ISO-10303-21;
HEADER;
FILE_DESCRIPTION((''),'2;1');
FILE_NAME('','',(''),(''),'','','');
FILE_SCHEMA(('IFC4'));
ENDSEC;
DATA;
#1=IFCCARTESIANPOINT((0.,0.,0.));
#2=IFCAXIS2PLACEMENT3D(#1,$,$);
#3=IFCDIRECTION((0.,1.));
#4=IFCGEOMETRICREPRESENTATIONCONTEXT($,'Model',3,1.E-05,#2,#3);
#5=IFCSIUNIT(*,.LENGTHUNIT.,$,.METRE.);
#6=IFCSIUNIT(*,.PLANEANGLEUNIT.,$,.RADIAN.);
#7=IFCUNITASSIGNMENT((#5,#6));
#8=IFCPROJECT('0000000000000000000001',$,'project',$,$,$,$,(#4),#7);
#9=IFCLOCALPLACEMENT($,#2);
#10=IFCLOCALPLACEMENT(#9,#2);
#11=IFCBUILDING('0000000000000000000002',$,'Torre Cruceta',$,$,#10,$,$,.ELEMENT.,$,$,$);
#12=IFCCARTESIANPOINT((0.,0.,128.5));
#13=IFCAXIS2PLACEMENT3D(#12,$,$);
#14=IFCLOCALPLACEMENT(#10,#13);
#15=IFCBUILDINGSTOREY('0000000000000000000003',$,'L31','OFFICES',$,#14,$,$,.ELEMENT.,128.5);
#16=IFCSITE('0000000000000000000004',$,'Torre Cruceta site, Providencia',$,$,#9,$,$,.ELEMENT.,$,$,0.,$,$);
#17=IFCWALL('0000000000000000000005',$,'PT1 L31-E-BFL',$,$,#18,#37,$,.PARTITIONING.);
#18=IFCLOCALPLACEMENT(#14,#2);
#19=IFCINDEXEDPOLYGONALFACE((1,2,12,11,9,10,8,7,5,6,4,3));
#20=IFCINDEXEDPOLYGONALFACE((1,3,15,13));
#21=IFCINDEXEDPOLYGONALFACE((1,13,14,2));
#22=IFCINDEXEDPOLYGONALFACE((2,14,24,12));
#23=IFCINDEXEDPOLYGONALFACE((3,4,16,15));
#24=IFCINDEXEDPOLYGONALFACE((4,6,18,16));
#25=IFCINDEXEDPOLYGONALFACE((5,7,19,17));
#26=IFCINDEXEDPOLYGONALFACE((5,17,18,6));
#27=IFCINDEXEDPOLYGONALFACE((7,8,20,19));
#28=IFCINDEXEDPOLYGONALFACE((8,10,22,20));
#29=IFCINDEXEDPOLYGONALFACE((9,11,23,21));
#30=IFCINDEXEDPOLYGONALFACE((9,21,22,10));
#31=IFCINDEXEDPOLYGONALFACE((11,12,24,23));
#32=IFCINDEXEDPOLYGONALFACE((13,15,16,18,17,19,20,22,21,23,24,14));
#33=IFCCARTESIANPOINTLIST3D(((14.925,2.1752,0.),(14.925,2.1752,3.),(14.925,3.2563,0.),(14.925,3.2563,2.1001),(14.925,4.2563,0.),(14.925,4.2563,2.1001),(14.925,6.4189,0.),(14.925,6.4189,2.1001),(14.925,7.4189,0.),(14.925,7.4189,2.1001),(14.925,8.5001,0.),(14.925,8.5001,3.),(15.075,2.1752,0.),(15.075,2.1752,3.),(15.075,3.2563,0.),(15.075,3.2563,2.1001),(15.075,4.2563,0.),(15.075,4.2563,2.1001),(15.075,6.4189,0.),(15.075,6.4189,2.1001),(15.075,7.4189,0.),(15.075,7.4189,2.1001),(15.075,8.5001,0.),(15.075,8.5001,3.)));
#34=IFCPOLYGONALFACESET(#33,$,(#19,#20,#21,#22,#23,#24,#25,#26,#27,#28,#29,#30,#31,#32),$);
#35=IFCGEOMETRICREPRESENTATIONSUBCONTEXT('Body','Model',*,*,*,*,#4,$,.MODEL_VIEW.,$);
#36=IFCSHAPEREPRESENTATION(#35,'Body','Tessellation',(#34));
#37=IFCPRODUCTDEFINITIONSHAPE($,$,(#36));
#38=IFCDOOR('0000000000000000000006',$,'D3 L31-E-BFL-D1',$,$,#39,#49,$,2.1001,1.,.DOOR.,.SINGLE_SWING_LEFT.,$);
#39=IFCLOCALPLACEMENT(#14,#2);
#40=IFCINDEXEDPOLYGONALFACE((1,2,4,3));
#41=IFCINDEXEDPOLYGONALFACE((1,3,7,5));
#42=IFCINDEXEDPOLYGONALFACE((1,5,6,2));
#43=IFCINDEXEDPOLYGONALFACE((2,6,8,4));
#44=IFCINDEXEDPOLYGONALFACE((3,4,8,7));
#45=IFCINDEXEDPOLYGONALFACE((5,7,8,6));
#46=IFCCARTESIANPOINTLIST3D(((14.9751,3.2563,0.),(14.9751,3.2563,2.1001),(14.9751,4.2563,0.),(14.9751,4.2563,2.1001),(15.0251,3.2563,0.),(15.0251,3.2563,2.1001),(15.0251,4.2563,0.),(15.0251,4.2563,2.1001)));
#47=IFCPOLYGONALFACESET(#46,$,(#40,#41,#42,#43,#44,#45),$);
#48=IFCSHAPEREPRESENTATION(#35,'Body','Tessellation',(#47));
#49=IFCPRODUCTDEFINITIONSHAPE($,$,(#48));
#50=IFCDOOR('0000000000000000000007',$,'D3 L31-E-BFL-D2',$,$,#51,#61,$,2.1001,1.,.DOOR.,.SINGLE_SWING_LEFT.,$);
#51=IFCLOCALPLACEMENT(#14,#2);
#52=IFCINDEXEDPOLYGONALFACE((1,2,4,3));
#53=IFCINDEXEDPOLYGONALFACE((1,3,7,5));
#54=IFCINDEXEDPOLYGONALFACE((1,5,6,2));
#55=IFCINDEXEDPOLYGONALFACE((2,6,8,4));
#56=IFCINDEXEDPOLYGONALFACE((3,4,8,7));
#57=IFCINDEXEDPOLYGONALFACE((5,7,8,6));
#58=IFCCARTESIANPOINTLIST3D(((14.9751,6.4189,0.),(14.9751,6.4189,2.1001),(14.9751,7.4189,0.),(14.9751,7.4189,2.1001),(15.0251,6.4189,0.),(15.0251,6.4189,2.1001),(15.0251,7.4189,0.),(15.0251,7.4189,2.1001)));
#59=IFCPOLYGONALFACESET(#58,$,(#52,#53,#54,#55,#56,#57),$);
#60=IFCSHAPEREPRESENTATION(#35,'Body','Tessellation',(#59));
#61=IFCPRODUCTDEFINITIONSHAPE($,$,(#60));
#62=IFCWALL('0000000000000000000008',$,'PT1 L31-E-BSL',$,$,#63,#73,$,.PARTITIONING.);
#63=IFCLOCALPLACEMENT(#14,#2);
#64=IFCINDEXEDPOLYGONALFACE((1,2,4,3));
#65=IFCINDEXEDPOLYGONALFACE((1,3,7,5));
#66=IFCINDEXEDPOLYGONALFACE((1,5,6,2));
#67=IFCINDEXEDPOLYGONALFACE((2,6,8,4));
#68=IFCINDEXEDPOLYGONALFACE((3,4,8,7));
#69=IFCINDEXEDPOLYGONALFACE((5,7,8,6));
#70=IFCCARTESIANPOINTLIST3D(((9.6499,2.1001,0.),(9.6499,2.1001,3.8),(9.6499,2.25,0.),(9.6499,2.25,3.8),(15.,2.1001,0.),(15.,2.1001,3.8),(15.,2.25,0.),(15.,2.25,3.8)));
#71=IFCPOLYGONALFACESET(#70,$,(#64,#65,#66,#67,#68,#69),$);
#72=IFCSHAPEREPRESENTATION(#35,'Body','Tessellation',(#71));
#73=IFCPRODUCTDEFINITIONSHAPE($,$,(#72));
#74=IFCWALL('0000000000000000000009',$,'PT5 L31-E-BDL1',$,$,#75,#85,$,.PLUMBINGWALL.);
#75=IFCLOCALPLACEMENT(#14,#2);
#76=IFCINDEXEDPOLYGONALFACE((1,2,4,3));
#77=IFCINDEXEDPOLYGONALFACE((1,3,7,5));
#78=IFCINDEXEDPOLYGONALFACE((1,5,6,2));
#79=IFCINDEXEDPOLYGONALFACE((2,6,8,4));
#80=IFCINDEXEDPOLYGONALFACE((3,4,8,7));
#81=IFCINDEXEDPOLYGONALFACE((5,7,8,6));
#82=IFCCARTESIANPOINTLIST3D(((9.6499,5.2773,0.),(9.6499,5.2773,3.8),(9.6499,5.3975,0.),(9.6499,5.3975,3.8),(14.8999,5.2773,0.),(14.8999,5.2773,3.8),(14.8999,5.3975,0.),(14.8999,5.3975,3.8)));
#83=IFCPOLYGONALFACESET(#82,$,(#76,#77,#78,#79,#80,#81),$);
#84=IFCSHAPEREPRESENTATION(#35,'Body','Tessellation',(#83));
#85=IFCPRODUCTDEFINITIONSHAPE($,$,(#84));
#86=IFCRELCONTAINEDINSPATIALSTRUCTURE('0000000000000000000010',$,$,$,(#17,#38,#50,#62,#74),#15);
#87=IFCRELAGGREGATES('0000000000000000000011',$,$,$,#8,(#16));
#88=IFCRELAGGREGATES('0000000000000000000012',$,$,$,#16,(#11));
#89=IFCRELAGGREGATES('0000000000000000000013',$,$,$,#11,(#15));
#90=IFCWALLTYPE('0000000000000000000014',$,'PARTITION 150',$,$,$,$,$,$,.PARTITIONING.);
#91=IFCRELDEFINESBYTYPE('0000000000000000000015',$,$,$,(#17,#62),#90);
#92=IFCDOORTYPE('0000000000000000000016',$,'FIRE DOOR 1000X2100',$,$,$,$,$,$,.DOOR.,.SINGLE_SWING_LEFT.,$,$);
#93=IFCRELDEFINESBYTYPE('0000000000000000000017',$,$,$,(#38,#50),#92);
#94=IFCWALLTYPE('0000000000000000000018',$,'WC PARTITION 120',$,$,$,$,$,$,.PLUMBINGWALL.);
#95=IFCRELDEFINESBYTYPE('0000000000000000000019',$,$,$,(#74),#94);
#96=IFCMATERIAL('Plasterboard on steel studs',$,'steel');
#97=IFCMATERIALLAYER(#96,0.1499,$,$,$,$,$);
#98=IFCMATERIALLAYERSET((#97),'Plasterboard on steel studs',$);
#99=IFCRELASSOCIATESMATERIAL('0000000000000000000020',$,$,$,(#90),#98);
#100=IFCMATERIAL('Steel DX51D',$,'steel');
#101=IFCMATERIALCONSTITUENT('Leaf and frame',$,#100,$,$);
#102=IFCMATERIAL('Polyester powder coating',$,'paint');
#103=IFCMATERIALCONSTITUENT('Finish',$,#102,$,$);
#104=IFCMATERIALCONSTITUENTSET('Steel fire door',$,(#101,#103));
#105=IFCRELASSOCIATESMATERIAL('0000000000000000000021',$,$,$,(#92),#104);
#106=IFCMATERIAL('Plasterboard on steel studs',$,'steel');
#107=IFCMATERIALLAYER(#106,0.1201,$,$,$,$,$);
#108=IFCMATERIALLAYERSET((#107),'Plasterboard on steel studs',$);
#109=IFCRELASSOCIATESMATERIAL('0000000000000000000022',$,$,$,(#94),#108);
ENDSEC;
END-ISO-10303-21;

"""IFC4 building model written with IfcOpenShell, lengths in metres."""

from ifc_helpers import new_model, si_unit, direction, frame, frame_2d, origin, place, context, subcontext, project, spatial, rectangle, extrude, material, layer, layer_set, constituent, constituent_set, type_object, element, fill, save


model = new_model("IFC4")

# Units and contexts
model_context = context("Model", 3, precision=1e-05, world=origin(), true_north=direction((0.0, 1.0)))
body_context = subcontext(model_context, "Body", "Model", "MODEL_VIEW")
ifc_project = project(units=[si_unit("LENGTHUNIT", "METRE"), si_unit("PLANEANGLEUNIT", "RADIAN")], contexts=[model_context])

# Site, building, storey
site_placement = place(None, origin())
site = spatial("IfcSite", under=ifc_project, at=site_placement, Name="Torre Cruceta site, Providencia", CompositionType="ELEMENT", RefElevation=0.0)
building_placement = place(site_placement, origin())
building = spatial("IfcBuilding", under=site, at=building_placement, Name="Torre Cruceta", CompositionType="ELEMENT")
storey_placement = place(building_placement, frame((0.0, 0.0, 128.5)))
storey = spatial("IfcBuildingStorey", under=building, at=storey_placement, Name="L31", Description="OFFICES", CompositionType="ELEMENT", Elevation=128.5)

# Wall, openings, doors
ifc_material_1 = material(Name="Plasterboard on steel studs", Category="steel")
ifc_layer_1 = layer(ifc_material_1, 0.1499)
ifc_layer_set_1 = layer_set([ifc_layer_1], Name="Plasterboard on steel studs")
wall_type_1 = type_object("IfcWallType", Name="PARTITION 150", PredefinedType="PARTITIONING", material=ifc_layer_set_1)
wall_1_placement = place(storey_placement, frame((15.0, 2.175, 0.0), z_axis=(0.0, 0.0, 1.0), x_axis=(0.0, 1.0, 0.0)))
wall_1 = element("IfcWall", 1, at=wall_1_placement, inside=storey, type_object=wall_type_1, Name="PT1 L31-E-BFL", PredefinedType="PARTITIONING", context=body_context, shape_type="SweptSolid", body=[
    extrude(rectangle(XDim=6.325, YDim=0.1499, at=frame_2d((3.1626, 0.0))), origin(), (0.0, 0.0, 1.0), 3.0),
])
opening_1_placement = place(wall_1_placement, frame((1.0813, 0.0, 0.0)))
opening_1 = element("IfcOpeningElement", 2, at=opening_1_placement, cuts=wall_1, PredefinedType="OPENING", context=body_context, shape_type="SweptSolid", body=[
    extrude(rectangle(XDim=1.0, YDim=2.1001, at=frame_2d((0.5, 1.05))), frame((0.0, 0.085, 0.0), z_axis=(0.0, -1.0, 0.0), x_axis=(1.0, 0.0, 0.0)), (0.0, 0.0, 1.0), 0.1699),
])
opening_2_placement = place(wall_1_placement, frame((4.2439, 0.0, 0.0)))
opening_2 = element("IfcOpeningElement", 3, at=opening_2_placement, cuts=wall_1, PredefinedType="OPENING", context=body_context, shape_type="SweptSolid", body=[
    extrude(rectangle(XDim=1.0, YDim=2.1001, at=frame_2d((0.5, 1.05))), frame((0.0, 0.085, 0.0), z_axis=(0.0, -1.0, 0.0), x_axis=(1.0, 0.0, 0.0)), (0.0, 0.0, 1.0), 0.1699),
])
ifc_material_2 = material(Name="Steel DX51D", Category="steel")
ifc_constituent_1 = constituent(ifc_material_2, Name="Leaf and frame")
ifc_material_3 = material(Name="Polyester powder coating", Category="paint")
ifc_constituent_2 = constituent(ifc_material_3, Name="Finish")
ifc_constituent_set_1 = constituent_set(constituents=[ifc_constituent_1, ifc_constituent_2], Name="Steel fire door")
door_type = type_object("IfcDoorType", Name="FIRE DOOR 1000X2100", OperationType="SINGLE_SWING_LEFT", PredefinedType="DOOR", material=ifc_constituent_set_1)
door_1_placement = place(opening_1_placement, origin())
door_1 = element("IfcDoor", 4, at=door_1_placement, inside=storey, type_object=door_type, Name="D3 L31-E-BFL-D1", OperationType="SINGLE_SWING_LEFT", OverallHeight=2.1001, OverallWidth=1.0, PredefinedType="DOOR", context=body_context, shape_type="SweptSolid", body=[
    extrude(rectangle(XDim=1.0, YDim=2.1001, at=frame_2d((0.5, 1.05))), frame((0.0, 0.0249, 0.0), z_axis=(0.0, -1.0, 0.0), x_axis=(1.0, 0.0, 0.0)), (0.0, 0.0, 1.0), 0.05),
])
fill(opening_1, door_1)
door_2_placement = place(opening_2_placement, origin())
door_2 = element("IfcDoor", 5, at=door_2_placement, inside=storey, type_object=door_type, Name="D3 L31-E-BFL-D2", OperationType="SINGLE_SWING_LEFT", OverallHeight=2.1001, OverallWidth=1.0, PredefinedType="DOOR", context=body_context, shape_type="SweptSolid", body=[
    extrude(rectangle(XDim=1.0, YDim=2.1001, at=frame_2d((0.5, 1.05))), frame((0.0, 0.0249, 0.0), z_axis=(0.0, -1.0, 0.0), x_axis=(1.0, 0.0, 0.0)), (0.0, 0.0, 1.0), 0.05),
])
fill(opening_2, door_2)

# Walls
wall_2_placement = place(storey_placement, frame((9.6499, 2.175, 0.0), z_axis=(0.0, 0.0, 1.0), x_axis=(1.0, 0.0, 0.0)))
element("IfcWall", 6, at=wall_2_placement, inside=storey, type_object=wall_type_1, Name="PT1 L31-E-BSL", PredefinedType="PARTITIONING", context=body_context, shape_type="SweptSolid", body=[
    extrude(rectangle(XDim=5.3501, YDim=0.1499, at=frame_2d((2.675, 0.0))), origin(), (0.0, 0.0, 1.0), 3.8),
])
ifc_material_4 = material(Name="Plasterboard on steel studs", Category="steel")
ifc_layer_2 = layer(ifc_material_4, 0.1201)
ifc_layer_set_2 = layer_set([ifc_layer_2], Name="Plasterboard on steel studs")
wall_type_2 = type_object("IfcWallType", Name="WC PARTITION 120", PredefinedType="PLUMBINGWALL", material=ifc_layer_set_2)
wall_3_placement = place(storey_placement, frame((9.6499, 5.3374, 0.0), z_axis=(0.0, 0.0, 1.0), x_axis=(1.0, 0.0, 0.0)))
element("IfcWall", 7, at=wall_3_placement, inside=storey, type_object=wall_type_2, Name="PT5 L31-E-BDL1", PredefinedType="PLUMBINGWALL", context=body_context, shape_type="SweptSolid", body=[
    extrude(rectangle(XDim=5.25, YDim=0.1201, at=frame_2d((2.625, 0.0))), origin(), (0.0, 0.0, 1.0), 3.8),
])

save(model, "model.ifc")
